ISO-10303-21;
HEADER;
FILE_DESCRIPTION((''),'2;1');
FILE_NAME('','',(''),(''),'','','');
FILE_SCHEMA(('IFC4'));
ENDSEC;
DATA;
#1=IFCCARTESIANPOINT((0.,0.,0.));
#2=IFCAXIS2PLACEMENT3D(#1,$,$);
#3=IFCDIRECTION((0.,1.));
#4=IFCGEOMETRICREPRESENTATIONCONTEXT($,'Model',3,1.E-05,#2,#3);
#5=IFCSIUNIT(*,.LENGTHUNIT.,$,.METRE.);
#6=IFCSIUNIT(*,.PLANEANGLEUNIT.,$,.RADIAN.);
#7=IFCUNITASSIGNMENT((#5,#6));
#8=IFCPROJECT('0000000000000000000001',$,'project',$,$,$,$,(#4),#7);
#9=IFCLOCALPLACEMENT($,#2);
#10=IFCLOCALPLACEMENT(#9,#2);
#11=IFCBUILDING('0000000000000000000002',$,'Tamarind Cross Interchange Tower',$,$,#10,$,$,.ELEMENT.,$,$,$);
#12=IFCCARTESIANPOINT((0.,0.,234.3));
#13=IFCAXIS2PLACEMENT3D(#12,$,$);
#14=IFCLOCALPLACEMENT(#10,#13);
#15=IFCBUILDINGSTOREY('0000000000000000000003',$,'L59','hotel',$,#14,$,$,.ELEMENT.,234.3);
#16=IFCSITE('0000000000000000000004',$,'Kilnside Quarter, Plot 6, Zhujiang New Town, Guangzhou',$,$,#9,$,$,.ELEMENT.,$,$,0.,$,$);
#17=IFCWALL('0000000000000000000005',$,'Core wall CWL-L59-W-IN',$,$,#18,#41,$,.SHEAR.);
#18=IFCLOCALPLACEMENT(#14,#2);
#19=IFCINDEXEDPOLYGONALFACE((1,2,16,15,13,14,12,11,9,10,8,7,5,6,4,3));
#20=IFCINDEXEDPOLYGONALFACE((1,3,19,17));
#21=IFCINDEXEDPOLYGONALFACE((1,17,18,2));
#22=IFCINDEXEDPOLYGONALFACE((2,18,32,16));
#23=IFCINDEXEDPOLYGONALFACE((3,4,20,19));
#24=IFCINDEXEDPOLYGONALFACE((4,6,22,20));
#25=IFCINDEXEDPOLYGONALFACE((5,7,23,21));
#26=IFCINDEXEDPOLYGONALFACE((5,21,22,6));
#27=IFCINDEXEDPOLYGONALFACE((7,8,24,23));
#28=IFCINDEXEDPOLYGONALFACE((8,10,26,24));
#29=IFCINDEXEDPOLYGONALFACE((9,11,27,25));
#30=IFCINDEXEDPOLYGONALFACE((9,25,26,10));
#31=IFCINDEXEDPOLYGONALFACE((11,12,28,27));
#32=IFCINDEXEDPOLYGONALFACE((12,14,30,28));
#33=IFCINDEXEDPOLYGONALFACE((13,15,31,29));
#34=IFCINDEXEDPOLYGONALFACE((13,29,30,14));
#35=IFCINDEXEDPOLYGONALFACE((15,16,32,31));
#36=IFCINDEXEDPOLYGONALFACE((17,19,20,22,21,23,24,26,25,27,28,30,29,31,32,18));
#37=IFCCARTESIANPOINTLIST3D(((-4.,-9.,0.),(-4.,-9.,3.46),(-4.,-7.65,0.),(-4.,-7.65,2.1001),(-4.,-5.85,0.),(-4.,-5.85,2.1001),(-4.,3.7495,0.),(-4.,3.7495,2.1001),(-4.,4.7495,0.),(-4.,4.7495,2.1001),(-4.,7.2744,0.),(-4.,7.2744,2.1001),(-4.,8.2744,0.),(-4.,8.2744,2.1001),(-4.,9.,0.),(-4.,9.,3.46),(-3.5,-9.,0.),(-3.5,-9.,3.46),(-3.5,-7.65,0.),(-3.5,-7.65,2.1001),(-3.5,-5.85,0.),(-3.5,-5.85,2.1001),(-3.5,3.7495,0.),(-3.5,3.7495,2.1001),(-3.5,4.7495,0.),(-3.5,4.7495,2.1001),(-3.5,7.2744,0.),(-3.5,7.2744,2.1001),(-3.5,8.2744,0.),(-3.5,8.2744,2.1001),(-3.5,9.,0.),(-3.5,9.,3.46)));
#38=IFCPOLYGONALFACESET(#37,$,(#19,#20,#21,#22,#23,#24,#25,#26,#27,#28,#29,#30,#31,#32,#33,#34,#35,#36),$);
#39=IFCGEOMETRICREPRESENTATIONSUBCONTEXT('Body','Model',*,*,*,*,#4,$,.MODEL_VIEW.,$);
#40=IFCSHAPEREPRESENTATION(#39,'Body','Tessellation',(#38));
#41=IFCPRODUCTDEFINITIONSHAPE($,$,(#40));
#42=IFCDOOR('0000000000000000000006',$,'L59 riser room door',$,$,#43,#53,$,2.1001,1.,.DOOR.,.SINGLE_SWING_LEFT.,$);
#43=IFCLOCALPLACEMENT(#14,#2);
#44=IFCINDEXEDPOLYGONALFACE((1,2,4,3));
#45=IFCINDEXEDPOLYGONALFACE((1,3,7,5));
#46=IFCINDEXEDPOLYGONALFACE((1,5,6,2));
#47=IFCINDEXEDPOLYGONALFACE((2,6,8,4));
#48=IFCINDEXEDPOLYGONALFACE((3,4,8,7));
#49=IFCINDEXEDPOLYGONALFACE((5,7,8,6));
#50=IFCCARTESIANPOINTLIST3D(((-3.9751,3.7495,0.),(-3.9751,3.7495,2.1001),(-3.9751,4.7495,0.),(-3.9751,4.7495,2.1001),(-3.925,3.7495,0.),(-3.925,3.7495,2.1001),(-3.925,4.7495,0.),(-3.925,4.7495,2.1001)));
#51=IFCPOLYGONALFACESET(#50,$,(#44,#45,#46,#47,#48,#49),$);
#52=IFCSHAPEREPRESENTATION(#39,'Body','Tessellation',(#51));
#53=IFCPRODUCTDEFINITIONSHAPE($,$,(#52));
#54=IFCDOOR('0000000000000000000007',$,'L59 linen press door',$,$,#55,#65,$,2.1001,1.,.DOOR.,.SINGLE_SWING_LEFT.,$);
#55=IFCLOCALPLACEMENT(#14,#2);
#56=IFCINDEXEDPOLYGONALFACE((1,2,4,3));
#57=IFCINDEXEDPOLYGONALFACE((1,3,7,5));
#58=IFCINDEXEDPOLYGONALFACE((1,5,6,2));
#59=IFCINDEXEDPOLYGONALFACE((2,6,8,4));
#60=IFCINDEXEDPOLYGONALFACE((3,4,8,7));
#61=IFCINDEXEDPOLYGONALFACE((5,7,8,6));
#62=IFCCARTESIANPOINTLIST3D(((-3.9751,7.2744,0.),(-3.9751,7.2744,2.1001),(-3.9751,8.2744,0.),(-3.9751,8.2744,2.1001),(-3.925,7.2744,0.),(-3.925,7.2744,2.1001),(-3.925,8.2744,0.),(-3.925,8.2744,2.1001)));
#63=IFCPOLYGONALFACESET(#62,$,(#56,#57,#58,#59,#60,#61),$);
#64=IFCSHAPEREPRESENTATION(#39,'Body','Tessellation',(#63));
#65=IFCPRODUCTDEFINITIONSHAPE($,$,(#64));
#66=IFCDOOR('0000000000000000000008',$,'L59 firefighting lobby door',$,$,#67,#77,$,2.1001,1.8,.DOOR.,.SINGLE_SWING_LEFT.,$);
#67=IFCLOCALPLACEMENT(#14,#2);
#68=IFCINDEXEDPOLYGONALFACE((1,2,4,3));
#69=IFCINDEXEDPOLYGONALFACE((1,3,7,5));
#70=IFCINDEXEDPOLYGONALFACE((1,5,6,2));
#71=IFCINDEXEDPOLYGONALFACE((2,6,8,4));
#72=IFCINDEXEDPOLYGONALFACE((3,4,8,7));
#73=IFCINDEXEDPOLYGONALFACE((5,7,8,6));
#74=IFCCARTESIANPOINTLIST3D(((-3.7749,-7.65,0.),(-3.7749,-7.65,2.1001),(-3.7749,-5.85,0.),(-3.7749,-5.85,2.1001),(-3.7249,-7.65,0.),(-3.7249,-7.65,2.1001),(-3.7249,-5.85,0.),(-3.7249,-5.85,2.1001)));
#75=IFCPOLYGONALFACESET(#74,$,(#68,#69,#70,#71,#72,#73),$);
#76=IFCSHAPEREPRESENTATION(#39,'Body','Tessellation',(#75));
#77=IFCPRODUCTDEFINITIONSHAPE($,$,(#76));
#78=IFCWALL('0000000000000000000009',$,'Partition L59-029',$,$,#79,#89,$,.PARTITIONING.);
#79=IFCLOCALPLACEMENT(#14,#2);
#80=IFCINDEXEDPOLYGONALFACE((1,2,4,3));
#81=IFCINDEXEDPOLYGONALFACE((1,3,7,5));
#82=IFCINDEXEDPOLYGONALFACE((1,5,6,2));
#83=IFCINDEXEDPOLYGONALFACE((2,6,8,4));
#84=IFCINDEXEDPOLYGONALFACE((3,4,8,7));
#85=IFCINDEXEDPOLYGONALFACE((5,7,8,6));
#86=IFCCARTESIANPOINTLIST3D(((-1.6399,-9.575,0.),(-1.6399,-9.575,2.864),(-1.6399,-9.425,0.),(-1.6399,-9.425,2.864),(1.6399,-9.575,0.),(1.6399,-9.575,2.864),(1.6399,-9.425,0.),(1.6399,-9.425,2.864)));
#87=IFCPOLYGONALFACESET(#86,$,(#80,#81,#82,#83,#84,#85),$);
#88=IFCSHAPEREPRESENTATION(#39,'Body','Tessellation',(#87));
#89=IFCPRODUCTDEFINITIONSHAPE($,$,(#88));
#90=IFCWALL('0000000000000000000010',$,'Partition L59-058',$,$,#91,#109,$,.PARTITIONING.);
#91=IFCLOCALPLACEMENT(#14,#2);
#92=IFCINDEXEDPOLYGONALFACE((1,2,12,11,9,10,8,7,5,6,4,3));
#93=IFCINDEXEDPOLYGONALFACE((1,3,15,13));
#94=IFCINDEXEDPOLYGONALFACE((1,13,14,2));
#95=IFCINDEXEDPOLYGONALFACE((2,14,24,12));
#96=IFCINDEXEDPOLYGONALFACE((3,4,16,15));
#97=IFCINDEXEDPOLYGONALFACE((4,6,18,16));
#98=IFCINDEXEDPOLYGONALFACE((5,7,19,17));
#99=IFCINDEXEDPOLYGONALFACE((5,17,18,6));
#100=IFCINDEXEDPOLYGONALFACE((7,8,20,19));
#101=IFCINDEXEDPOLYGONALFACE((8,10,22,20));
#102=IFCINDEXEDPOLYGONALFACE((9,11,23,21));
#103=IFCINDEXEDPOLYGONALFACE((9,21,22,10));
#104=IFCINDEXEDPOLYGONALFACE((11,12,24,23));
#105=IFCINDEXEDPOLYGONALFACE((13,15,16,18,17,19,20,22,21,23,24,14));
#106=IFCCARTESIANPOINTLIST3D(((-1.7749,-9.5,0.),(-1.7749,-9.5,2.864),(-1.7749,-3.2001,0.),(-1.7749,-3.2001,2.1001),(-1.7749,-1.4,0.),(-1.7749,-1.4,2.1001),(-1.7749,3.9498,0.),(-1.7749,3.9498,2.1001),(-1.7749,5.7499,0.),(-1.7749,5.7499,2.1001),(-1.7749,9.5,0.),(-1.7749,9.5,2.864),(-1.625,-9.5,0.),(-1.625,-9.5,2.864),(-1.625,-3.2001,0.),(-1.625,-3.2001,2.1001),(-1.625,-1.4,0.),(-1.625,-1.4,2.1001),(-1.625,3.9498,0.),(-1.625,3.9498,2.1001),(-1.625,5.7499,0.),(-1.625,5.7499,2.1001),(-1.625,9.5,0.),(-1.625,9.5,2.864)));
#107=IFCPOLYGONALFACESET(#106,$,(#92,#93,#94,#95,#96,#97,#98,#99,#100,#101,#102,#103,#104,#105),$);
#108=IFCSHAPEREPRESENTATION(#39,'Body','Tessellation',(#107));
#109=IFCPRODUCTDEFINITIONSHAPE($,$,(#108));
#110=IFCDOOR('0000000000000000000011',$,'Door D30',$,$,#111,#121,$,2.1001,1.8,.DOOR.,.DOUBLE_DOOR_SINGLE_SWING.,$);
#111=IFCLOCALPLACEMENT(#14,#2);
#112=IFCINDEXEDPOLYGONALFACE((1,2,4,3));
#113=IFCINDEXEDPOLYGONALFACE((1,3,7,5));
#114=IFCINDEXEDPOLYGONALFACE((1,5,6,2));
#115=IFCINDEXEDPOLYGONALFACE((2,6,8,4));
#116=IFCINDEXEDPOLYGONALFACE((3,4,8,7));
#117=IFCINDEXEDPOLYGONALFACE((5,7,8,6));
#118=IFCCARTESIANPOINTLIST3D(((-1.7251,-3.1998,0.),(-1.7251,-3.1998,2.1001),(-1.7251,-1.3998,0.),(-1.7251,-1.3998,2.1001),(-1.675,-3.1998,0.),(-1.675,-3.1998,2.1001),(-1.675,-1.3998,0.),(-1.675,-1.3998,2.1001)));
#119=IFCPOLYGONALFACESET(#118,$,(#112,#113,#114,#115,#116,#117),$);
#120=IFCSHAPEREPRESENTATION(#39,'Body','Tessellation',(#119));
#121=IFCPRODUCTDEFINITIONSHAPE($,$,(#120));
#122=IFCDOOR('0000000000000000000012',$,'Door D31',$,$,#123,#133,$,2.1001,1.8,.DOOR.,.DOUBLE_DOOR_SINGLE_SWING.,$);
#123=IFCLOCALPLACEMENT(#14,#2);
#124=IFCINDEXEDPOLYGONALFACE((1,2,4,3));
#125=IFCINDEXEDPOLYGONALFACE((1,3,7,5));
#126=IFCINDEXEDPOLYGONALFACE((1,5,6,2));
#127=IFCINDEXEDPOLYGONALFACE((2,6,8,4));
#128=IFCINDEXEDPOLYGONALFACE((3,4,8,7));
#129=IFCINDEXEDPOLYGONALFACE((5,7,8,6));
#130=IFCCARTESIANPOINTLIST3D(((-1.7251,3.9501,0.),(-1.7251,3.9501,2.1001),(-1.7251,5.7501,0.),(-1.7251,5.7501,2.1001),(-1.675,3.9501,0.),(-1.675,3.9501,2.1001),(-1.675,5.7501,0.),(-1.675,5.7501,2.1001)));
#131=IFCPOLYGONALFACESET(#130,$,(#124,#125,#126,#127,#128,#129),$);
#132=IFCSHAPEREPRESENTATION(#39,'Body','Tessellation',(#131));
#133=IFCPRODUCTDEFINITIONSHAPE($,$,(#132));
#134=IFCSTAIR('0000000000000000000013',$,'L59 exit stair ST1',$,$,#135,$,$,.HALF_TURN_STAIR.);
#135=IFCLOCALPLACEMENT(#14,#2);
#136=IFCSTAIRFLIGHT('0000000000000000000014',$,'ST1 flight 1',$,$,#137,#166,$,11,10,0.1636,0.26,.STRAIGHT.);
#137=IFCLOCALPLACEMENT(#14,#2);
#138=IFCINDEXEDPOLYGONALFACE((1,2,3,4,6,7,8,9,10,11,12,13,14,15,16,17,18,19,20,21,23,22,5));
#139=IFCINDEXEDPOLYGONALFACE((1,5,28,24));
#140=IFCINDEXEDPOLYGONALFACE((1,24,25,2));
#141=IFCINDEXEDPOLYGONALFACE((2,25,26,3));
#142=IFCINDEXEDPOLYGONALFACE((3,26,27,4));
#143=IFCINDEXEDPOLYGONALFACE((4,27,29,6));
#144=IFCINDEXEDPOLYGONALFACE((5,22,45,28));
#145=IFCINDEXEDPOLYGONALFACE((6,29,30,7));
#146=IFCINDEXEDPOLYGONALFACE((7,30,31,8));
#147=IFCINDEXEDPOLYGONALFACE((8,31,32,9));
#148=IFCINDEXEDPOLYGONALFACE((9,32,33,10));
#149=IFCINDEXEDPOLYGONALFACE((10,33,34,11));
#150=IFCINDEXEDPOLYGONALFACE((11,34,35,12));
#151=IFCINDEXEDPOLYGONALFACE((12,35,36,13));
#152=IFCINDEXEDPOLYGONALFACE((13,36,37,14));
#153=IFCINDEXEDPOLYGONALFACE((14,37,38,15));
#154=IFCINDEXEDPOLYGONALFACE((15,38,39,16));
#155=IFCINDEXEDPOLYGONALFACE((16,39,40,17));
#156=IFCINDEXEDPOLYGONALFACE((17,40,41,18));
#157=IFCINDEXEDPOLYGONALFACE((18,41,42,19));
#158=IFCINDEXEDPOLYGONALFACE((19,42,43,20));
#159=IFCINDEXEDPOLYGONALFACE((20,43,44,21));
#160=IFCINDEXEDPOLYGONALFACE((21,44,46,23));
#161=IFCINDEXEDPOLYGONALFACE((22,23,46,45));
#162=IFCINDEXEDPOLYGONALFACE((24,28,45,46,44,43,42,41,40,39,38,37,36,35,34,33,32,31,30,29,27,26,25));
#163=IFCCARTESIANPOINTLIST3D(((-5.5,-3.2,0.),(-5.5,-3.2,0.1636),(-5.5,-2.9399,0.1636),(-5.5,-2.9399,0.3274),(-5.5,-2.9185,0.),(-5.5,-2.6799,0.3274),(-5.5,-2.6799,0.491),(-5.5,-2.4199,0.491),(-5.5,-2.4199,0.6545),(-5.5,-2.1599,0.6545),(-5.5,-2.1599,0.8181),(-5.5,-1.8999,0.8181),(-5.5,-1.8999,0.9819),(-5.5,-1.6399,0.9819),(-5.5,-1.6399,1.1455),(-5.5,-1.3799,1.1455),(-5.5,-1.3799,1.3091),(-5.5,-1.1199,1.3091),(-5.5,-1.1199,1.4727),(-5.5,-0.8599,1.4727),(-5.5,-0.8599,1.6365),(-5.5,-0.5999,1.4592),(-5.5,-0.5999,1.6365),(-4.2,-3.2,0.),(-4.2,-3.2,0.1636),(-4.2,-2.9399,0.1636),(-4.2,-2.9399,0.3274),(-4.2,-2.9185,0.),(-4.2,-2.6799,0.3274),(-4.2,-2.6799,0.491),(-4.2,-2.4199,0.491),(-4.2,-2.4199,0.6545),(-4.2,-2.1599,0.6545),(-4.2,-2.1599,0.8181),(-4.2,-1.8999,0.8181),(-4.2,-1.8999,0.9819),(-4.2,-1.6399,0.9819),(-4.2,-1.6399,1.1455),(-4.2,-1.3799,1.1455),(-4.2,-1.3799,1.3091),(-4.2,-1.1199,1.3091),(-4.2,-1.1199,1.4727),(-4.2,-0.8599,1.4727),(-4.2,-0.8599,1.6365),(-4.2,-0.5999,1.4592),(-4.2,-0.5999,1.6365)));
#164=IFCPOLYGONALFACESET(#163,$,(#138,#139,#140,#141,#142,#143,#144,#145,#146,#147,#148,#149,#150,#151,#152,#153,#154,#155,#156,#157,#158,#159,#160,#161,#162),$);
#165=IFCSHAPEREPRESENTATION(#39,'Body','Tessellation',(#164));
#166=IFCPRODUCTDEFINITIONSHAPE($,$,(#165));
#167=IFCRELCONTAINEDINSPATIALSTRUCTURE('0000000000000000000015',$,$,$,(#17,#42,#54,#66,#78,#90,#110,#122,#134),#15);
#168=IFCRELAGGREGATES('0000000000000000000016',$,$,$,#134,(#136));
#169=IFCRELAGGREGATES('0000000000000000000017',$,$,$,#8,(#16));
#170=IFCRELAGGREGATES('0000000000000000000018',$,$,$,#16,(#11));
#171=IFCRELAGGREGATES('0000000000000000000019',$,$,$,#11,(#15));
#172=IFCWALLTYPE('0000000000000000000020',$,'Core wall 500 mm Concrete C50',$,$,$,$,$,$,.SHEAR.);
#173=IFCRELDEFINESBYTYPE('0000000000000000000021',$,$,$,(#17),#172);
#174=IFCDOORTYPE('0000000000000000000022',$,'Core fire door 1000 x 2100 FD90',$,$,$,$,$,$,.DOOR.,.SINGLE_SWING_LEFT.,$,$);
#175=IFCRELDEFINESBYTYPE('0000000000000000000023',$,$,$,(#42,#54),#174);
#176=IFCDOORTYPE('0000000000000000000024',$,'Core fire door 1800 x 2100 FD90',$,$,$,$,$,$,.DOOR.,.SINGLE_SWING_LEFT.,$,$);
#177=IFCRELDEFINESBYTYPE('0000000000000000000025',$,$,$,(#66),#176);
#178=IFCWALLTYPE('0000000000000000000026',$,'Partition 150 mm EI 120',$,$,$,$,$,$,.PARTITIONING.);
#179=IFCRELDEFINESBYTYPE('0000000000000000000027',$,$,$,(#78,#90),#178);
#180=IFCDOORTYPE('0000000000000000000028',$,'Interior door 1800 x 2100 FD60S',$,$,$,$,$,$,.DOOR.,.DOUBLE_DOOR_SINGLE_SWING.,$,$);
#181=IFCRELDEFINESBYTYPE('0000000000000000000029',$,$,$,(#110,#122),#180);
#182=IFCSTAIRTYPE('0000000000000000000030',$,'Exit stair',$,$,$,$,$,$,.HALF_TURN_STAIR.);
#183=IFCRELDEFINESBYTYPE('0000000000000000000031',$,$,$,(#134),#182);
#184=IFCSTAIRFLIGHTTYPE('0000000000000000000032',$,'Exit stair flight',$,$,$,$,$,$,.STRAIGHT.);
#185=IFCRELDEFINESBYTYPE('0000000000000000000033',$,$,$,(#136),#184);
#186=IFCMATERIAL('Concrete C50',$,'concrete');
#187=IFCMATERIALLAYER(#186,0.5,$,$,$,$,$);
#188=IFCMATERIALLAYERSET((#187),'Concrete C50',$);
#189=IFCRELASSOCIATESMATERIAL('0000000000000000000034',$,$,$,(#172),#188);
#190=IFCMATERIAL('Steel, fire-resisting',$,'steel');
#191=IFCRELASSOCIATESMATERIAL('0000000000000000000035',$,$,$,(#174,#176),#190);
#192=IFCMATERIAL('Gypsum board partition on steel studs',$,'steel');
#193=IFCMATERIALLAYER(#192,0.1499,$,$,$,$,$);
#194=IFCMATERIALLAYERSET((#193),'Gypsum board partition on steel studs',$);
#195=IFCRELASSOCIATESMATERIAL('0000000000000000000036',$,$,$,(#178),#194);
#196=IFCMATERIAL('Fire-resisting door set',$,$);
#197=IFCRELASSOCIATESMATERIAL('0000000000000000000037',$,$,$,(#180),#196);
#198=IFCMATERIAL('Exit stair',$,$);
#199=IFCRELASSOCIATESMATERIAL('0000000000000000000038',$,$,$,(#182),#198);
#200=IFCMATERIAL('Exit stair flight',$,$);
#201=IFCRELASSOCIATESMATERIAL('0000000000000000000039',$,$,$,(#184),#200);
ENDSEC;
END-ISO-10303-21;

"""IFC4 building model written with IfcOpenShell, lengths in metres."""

from ifc_helpers import new_model, si_unit, direction, frame, frame_2d, origin, place, context, subcontext, project, spatial, polyline, rectangle, outline, extrude, material, layer, layer_set, type_object, element, fill, aggregate, save


model = new_model("IFC4")

# Units and contexts
model_context = context("Model", 3, precision=1e-05, world=origin(), true_north=direction((0.0, 1.0)))
body_context = subcontext(model_context, "Body", "Model", "MODEL_VIEW")
ifc_project = project(units=[si_unit("LENGTHUNIT", "METRE"), si_unit("PLANEANGLEUNIT", "RADIAN")], contexts=[model_context])

# Site, building, storey
site_placement = place(None, origin())
site = spatial("IfcSite", under=ifc_project, at=site_placement, Name="Kilnside Quarter, Plot 6, Zhujiang New Town, Guangzhou", CompositionType="ELEMENT", RefElevation=0.0)
building_placement = place(site_placement, origin())
building = spatial("IfcBuilding", under=site, at=building_placement, Name="Tamarind Cross Interchange Tower", CompositionType="ELEMENT")
storey_placement = place(building_placement, frame((0.0, 0.0, 234.3)))
storey = spatial("IfcBuildingStorey", under=building, at=storey_placement, Name="L59", Description="hotel", CompositionType="ELEMENT", Elevation=234.3)

# Wall, openings, doors
ifc_material_1 = material(Name="Concrete C50", Category="concrete")
ifc_layer_1 = layer(ifc_material_1, 0.5)
ifc_layer_set_1 = layer_set([ifc_layer_1], Name="Concrete C50")
wall_type_1 = type_object("IfcWallType", Name="Core wall 500 mm Concrete C50", PredefinedType="SHEAR", material=ifc_layer_set_1)
wall_1_placement = place(storey_placement, frame((-3.75, -9.0, 0.0), z_axis=(0.0, 0.0, 1.0), x_axis=(0.0, 1.0, 0.0)))
wall_1 = element("IfcWall", 1, at=wall_1_placement, inside=storey, type_object=wall_type_1, Name="Core wall CWL-L59-W-IN", PredefinedType="SHEAR", context=body_context, shape_type="SweptSolid", body=[
    extrude(rectangle(XDim=18.0, YDim=0.5, at=frame_2d((9.0, 0.0))), origin(), (0.0, 0.0, 1.0), 3.46),
])
opening_1_placement = place(wall_1_placement, frame((1.3501, 0.0, 0.0)))
opening_1 = element("IfcOpeningElement", 2, at=opening_1_placement, cuts=wall_1, PredefinedType="OPENING", context=body_context, shape_type="SweptSolid", body=[
    extrude(rectangle(XDim=1.8, YDim=2.1001, at=frame_2d((0.8999, 1.05))), frame((0.0, 0.26, 0.0), z_axis=(0.0, -1.0, 0.0), x_axis=(1.0, 0.0, 0.0)), (0.0, 0.0, 1.0), 0.52),
])
opening_2_placement = place(wall_1_placement, frame((12.7495, 0.0, 0.0)))
opening_2 = element("IfcOpeningElement", 3, at=opening_2_placement, cuts=wall_1, PredefinedType="OPENING", context=body_context, shape_type="SweptSolid", body=[
    extrude(rectangle(XDim=1.0, YDim=2.1001, at=frame_2d((0.5, 1.05))), frame((0.0, 0.26, 0.0), z_axis=(0.0, -1.0, 0.0), x_axis=(1.0, 0.0, 0.0)), (0.0, 0.0, 1.0), 0.52),
])
opening_3_placement = place(wall_1_placement, frame((16.2744, 0.0, 0.0)))
opening_3 = element("IfcOpeningElement", 4, at=opening_3_placement, cuts=wall_1, PredefinedType="OPENING", context=body_context, shape_type="SweptSolid", body=[
    extrude(rectangle(XDim=1.0, YDim=2.1001, at=frame_2d((0.5, 1.05))), frame((0.0, 0.26, 0.0), z_axis=(0.0, -1.0, 0.0), x_axis=(1.0, 0.0, 0.0)), (0.0, 0.0, 1.0), 0.52),
])
ifc_material_2 = material(Name="Steel, fire-resisting", Category="steel")
door_type_1 = type_object("IfcDoorType", Name="Core fire door 1000 x 2100 FD90", OperationType="SINGLE_SWING_LEFT", PredefinedType="DOOR", material=ifc_material_2)
door_1_placement = place(opening_2_placement, origin())
door_1 = element("IfcDoor", 5, at=door_1_placement, inside=storey, type_object=door_type_1, Name="L59 riser room door", OperationType="SINGLE_SWING_LEFT", OverallHeight=2.1001, OverallWidth=1.0, PredefinedType="DOOR", context=body_context, shape_type="SweptSolid", body=[
    extrude(rectangle(XDim=1.0, YDim=2.1001, at=frame_2d((0.5, 1.05))), frame((0.0, 0.2251, 0.0), z_axis=(0.0, -1.0, 0.0), x_axis=(1.0, 0.0, 0.0)), (0.0, 0.0, 1.0), 0.05),
])
fill(opening_2, door_1)
door_2_placement = place(opening_3_placement, origin())
door_2 = element("IfcDoor", 6, at=door_2_placement, inside=storey, type_object=door_type_1, Name="L59 linen press door", OperationType="SINGLE_SWING_LEFT", OverallHeight=2.1001, OverallWidth=1.0, PredefinedType="DOOR", context=body_context, shape_type="SweptSolid", body=[
    extrude(rectangle(XDim=1.0, YDim=2.1001, at=frame_2d((0.5, 1.05))), frame((0.0, 0.2251, 0.0), z_axis=(0.0, -1.0, 0.0), x_axis=(1.0, 0.0, 0.0)), (0.0, 0.0, 1.0), 0.05),
])
fill(opening_3, door_2)
door_type_2 = type_object("IfcDoorType", Name="Core fire door 1800 x 2100 FD90", OperationType="SINGLE_SWING_LEFT", PredefinedType="DOOR", material=ifc_material_2)
door_3_placement = place(opening_1_placement, origin())
door_3 = element("IfcDoor", 7, at=door_3_placement, inside=storey, type_object=door_type_2, Name="L59 firefighting lobby door", OperationType="SINGLE_SWING_LEFT", OverallHeight=2.1001, OverallWidth=1.8, PredefinedType="DOOR", context=body_context, shape_type="SweptSolid", body=[
    extrude(rectangle(XDim=1.8, YDim=2.1001, at=frame_2d((0.8999, 1.05))), frame((0.0, 0.0249, 0.0), z_axis=(0.0, -1.0, 0.0), x_axis=(1.0, 0.0, 0.0)), (0.0, 0.0, 1.0), 0.05),
])
fill(opening_1, door_3)

# Wall
ifc_material_3 = material(Name="Gypsum board partition on steel studs", Category="steel")
ifc_layer_2 = layer(ifc_material_3, 0.1499)
ifc_layer_set_2 = layer_set([ifc_layer_2], Name="Gypsum board partition on steel studs")
wall_type_2 = type_object("IfcWallType", Name="Partition 150 mm EI 120", PredefinedType="PARTITIONING", material=ifc_layer_set_2)
wall_2_placement = place(storey_placement, frame((-1.6399, -9.5, 0.0), z_axis=(0.0, 0.0, 1.0), x_axis=(1.0, 0.0, 0.0)))
element("IfcWall", 8, at=wall_2_placement, inside=storey, type_object=wall_type_2, Name="Partition L59-029", PredefinedType="PARTITIONING", context=body_context, shape_type="SweptSolid", body=[
    extrude(rectangle(XDim=3.2798, YDim=0.1499, at=frame_2d((1.6399, 0.0))), origin(), (0.0, 0.0, 1.0), 2.864),
])

# Wall, openings, doors
wall_3_placement = place(storey_placement, frame((-1.7, -9.5, 0.0), z_axis=(0.0, 0.0, 1.0), x_axis=(0.0, 1.0, 0.0)))
wall_3 = element("IfcWall", 9, at=wall_3_placement, inside=storey, type_object=wall_type_2, Name="Partition L59-058", PredefinedType="PARTITIONING", context=body_context, shape_type="SweptSolid", body=[
    extrude(rectangle(XDim=19.0, YDim=0.1499, at=frame_2d((9.5, 0.0))), origin(), (0.0, 0.0, 1.0), 2.864),
])
opening_4_placement = place(wall_3_placement, frame((6.3, 0.0, 0.0)))
opening_4 = element("IfcOpeningElement", 10, at=opening_4_placement, cuts=wall_3, PredefinedType="OPENING", context=body_context, shape_type="SweptSolid", body=[
    extrude(rectangle(XDim=1.8, YDim=2.1001, at=frame_2d((0.8999, 1.05))), frame((0.0, 0.085, 0.0), z_axis=(0.0, -1.0, 0.0), x_axis=(1.0, 0.0, 0.0)), (0.0, 0.0, 1.0), 0.1699),
])
opening_5_placement = place(wall_3_placement, frame((13.45, 0.0, 0.0)))
opening_5 = element("IfcOpeningElement", 11, at=opening_5_placement, cuts=wall_3, PredefinedType="OPENING", context=body_context, shape_type="SweptSolid", body=[
    extrude(rectangle(XDim=1.8, YDim=2.1001, at=frame_2d((0.8999, 1.05))), frame((0.0, 0.085, 0.0), z_axis=(0.0, -1.0, 0.0), x_axis=(1.0, 0.0, 0.0)), (0.0, 0.0, 1.0), 0.1699),
])
ifc_material_4 = material(Name="Fire-resisting door set")
door_type_3 = type_object("IfcDoorType", Name="Interior door 1800 x 2100 FD60S", OperationType="DOUBLE_DOOR_SINGLE_SWING", PredefinedType="DOOR", material=ifc_material_4)
door_4_placement = place(opening_4_placement, frame((1.8, 0.0, 0.0), z_axis=(0.0, 0.0, 1.0), x_axis=(-1.0, 0.0, 0.0)))
door_4 = element("IfcDoor", 12, at=door_4_placement, inside=storey, type_object=door_type_3, Name="Door D30", OperationType="DOUBLE_DOOR_SINGLE_SWING", OverallHeight=2.1001, OverallWidth=1.8, PredefinedType="DOOR", context=body_context, shape_type="SweptSolid", body=[
    extrude(rectangle(XDim=1.8, YDim=2.1001, at=frame_2d((0.8999, 1.05))), frame((0.0, 0.0249, 0.0), z_axis=(0.0, -1.0, 0.0), x_axis=(1.0, 0.0, 0.0)), (0.0, 0.0, 1.0), 0.05),
])
fill(opening_4, door_4)
door_5_placement = place(opening_5_placement, frame((1.8, 0.0, 0.0), z_axis=(0.0, 0.0, 1.0), x_axis=(-1.0, 0.0, 0.0)))
door_5 = element("IfcDoor", 13, at=door_5_placement, inside=storey, type_object=door_type_3, Name="Door D31", OperationType="DOUBLE_DOOR_SINGLE_SWING", OverallHeight=2.1001, OverallWidth=1.8, PredefinedType="DOOR", context=body_context, shape_type="SweptSolid", body=[
    extrude(rectangle(XDim=1.8, YDim=2.1001, at=frame_2d((0.8999, 1.05))), frame((0.0, 0.0249, 0.0), z_axis=(0.0, -1.0, 0.0), x_axis=(1.0, 0.0, 0.0)), (0.0, 0.0, 1.0), 0.05),
])
fill(opening_5, door_5)

# Stair, stair flight
ifc_material_5 = material(Name="Exit stair")
stair_type = type_object("IfcStairType", Name="Exit stair", PredefinedType="HALF_TURN_STAIR", material=ifc_material_5)
stair_placement = place(storey_placement, origin())
stair = element("IfcStair", 14, at=stair_placement, inside=storey, type_object=stair_type, Name="L59 exit stair ST1", PredefinedType="HALF_TURN_STAIR")
ifc_material_6 = material(Name="Exit stair flight")
stair_flight_type = type_object("IfcStairFlightType", Name="Exit stair flight", PredefinedType="STRAIGHT", material=ifc_material_6)
stair_flight_placement = place(storey_placement, frame((-4.8501, -3.2, 0.0), z_axis=(0.0, 0.0, 1.0), x_axis=(0.0, 1.0, 0.0)))
stair_flight = element("IfcStairFlight", 15, at=stair_flight_placement, type_object=stair_flight_type, Name="ST1 flight 1", NumberOfRisers=11, NumberOfTreads=10, PredefinedType="STRAIGHT", RiserHeight=0.1636, TreadLength=0.26, context=body_context, shape_type="SweptSolid", body=[
    extrude(outline(polyline([(0.0, 0.0), (0.0, 0.1636), (0.26, 0.1636), (0.26, 0.3274), (0.52, 0.3274), (0.52, 0.491), (0.78, 0.491), (0.78, 0.6545), (1.04, 0.6545), (1.04, 0.8181), (1.3, 0.8181), (1.3, 0.9819), (1.5601, 0.9819), (1.5601, 1.1455), (1.8201, 1.1455), (1.8201, 1.3091), (2.0801, 1.3091), (2.0801, 1.4727), (2.3401, 1.4727), (2.3401, 1.6365), (2.6001, 1.6365), (2.6001, 1.8), (2.6001, 1.4592), (0.2815, 0.0), (0.0, 0.0)])), frame((0.0, 0.6499, 0.0), z_axis=(0.0, -1.0, 0.0), x_axis=(1.0, 0.0, 0.0)), (0.0, 0.0, 1.0), 1.3),
])
aggregate(stair, [stair_flight])

save(model, "model.ifc")
